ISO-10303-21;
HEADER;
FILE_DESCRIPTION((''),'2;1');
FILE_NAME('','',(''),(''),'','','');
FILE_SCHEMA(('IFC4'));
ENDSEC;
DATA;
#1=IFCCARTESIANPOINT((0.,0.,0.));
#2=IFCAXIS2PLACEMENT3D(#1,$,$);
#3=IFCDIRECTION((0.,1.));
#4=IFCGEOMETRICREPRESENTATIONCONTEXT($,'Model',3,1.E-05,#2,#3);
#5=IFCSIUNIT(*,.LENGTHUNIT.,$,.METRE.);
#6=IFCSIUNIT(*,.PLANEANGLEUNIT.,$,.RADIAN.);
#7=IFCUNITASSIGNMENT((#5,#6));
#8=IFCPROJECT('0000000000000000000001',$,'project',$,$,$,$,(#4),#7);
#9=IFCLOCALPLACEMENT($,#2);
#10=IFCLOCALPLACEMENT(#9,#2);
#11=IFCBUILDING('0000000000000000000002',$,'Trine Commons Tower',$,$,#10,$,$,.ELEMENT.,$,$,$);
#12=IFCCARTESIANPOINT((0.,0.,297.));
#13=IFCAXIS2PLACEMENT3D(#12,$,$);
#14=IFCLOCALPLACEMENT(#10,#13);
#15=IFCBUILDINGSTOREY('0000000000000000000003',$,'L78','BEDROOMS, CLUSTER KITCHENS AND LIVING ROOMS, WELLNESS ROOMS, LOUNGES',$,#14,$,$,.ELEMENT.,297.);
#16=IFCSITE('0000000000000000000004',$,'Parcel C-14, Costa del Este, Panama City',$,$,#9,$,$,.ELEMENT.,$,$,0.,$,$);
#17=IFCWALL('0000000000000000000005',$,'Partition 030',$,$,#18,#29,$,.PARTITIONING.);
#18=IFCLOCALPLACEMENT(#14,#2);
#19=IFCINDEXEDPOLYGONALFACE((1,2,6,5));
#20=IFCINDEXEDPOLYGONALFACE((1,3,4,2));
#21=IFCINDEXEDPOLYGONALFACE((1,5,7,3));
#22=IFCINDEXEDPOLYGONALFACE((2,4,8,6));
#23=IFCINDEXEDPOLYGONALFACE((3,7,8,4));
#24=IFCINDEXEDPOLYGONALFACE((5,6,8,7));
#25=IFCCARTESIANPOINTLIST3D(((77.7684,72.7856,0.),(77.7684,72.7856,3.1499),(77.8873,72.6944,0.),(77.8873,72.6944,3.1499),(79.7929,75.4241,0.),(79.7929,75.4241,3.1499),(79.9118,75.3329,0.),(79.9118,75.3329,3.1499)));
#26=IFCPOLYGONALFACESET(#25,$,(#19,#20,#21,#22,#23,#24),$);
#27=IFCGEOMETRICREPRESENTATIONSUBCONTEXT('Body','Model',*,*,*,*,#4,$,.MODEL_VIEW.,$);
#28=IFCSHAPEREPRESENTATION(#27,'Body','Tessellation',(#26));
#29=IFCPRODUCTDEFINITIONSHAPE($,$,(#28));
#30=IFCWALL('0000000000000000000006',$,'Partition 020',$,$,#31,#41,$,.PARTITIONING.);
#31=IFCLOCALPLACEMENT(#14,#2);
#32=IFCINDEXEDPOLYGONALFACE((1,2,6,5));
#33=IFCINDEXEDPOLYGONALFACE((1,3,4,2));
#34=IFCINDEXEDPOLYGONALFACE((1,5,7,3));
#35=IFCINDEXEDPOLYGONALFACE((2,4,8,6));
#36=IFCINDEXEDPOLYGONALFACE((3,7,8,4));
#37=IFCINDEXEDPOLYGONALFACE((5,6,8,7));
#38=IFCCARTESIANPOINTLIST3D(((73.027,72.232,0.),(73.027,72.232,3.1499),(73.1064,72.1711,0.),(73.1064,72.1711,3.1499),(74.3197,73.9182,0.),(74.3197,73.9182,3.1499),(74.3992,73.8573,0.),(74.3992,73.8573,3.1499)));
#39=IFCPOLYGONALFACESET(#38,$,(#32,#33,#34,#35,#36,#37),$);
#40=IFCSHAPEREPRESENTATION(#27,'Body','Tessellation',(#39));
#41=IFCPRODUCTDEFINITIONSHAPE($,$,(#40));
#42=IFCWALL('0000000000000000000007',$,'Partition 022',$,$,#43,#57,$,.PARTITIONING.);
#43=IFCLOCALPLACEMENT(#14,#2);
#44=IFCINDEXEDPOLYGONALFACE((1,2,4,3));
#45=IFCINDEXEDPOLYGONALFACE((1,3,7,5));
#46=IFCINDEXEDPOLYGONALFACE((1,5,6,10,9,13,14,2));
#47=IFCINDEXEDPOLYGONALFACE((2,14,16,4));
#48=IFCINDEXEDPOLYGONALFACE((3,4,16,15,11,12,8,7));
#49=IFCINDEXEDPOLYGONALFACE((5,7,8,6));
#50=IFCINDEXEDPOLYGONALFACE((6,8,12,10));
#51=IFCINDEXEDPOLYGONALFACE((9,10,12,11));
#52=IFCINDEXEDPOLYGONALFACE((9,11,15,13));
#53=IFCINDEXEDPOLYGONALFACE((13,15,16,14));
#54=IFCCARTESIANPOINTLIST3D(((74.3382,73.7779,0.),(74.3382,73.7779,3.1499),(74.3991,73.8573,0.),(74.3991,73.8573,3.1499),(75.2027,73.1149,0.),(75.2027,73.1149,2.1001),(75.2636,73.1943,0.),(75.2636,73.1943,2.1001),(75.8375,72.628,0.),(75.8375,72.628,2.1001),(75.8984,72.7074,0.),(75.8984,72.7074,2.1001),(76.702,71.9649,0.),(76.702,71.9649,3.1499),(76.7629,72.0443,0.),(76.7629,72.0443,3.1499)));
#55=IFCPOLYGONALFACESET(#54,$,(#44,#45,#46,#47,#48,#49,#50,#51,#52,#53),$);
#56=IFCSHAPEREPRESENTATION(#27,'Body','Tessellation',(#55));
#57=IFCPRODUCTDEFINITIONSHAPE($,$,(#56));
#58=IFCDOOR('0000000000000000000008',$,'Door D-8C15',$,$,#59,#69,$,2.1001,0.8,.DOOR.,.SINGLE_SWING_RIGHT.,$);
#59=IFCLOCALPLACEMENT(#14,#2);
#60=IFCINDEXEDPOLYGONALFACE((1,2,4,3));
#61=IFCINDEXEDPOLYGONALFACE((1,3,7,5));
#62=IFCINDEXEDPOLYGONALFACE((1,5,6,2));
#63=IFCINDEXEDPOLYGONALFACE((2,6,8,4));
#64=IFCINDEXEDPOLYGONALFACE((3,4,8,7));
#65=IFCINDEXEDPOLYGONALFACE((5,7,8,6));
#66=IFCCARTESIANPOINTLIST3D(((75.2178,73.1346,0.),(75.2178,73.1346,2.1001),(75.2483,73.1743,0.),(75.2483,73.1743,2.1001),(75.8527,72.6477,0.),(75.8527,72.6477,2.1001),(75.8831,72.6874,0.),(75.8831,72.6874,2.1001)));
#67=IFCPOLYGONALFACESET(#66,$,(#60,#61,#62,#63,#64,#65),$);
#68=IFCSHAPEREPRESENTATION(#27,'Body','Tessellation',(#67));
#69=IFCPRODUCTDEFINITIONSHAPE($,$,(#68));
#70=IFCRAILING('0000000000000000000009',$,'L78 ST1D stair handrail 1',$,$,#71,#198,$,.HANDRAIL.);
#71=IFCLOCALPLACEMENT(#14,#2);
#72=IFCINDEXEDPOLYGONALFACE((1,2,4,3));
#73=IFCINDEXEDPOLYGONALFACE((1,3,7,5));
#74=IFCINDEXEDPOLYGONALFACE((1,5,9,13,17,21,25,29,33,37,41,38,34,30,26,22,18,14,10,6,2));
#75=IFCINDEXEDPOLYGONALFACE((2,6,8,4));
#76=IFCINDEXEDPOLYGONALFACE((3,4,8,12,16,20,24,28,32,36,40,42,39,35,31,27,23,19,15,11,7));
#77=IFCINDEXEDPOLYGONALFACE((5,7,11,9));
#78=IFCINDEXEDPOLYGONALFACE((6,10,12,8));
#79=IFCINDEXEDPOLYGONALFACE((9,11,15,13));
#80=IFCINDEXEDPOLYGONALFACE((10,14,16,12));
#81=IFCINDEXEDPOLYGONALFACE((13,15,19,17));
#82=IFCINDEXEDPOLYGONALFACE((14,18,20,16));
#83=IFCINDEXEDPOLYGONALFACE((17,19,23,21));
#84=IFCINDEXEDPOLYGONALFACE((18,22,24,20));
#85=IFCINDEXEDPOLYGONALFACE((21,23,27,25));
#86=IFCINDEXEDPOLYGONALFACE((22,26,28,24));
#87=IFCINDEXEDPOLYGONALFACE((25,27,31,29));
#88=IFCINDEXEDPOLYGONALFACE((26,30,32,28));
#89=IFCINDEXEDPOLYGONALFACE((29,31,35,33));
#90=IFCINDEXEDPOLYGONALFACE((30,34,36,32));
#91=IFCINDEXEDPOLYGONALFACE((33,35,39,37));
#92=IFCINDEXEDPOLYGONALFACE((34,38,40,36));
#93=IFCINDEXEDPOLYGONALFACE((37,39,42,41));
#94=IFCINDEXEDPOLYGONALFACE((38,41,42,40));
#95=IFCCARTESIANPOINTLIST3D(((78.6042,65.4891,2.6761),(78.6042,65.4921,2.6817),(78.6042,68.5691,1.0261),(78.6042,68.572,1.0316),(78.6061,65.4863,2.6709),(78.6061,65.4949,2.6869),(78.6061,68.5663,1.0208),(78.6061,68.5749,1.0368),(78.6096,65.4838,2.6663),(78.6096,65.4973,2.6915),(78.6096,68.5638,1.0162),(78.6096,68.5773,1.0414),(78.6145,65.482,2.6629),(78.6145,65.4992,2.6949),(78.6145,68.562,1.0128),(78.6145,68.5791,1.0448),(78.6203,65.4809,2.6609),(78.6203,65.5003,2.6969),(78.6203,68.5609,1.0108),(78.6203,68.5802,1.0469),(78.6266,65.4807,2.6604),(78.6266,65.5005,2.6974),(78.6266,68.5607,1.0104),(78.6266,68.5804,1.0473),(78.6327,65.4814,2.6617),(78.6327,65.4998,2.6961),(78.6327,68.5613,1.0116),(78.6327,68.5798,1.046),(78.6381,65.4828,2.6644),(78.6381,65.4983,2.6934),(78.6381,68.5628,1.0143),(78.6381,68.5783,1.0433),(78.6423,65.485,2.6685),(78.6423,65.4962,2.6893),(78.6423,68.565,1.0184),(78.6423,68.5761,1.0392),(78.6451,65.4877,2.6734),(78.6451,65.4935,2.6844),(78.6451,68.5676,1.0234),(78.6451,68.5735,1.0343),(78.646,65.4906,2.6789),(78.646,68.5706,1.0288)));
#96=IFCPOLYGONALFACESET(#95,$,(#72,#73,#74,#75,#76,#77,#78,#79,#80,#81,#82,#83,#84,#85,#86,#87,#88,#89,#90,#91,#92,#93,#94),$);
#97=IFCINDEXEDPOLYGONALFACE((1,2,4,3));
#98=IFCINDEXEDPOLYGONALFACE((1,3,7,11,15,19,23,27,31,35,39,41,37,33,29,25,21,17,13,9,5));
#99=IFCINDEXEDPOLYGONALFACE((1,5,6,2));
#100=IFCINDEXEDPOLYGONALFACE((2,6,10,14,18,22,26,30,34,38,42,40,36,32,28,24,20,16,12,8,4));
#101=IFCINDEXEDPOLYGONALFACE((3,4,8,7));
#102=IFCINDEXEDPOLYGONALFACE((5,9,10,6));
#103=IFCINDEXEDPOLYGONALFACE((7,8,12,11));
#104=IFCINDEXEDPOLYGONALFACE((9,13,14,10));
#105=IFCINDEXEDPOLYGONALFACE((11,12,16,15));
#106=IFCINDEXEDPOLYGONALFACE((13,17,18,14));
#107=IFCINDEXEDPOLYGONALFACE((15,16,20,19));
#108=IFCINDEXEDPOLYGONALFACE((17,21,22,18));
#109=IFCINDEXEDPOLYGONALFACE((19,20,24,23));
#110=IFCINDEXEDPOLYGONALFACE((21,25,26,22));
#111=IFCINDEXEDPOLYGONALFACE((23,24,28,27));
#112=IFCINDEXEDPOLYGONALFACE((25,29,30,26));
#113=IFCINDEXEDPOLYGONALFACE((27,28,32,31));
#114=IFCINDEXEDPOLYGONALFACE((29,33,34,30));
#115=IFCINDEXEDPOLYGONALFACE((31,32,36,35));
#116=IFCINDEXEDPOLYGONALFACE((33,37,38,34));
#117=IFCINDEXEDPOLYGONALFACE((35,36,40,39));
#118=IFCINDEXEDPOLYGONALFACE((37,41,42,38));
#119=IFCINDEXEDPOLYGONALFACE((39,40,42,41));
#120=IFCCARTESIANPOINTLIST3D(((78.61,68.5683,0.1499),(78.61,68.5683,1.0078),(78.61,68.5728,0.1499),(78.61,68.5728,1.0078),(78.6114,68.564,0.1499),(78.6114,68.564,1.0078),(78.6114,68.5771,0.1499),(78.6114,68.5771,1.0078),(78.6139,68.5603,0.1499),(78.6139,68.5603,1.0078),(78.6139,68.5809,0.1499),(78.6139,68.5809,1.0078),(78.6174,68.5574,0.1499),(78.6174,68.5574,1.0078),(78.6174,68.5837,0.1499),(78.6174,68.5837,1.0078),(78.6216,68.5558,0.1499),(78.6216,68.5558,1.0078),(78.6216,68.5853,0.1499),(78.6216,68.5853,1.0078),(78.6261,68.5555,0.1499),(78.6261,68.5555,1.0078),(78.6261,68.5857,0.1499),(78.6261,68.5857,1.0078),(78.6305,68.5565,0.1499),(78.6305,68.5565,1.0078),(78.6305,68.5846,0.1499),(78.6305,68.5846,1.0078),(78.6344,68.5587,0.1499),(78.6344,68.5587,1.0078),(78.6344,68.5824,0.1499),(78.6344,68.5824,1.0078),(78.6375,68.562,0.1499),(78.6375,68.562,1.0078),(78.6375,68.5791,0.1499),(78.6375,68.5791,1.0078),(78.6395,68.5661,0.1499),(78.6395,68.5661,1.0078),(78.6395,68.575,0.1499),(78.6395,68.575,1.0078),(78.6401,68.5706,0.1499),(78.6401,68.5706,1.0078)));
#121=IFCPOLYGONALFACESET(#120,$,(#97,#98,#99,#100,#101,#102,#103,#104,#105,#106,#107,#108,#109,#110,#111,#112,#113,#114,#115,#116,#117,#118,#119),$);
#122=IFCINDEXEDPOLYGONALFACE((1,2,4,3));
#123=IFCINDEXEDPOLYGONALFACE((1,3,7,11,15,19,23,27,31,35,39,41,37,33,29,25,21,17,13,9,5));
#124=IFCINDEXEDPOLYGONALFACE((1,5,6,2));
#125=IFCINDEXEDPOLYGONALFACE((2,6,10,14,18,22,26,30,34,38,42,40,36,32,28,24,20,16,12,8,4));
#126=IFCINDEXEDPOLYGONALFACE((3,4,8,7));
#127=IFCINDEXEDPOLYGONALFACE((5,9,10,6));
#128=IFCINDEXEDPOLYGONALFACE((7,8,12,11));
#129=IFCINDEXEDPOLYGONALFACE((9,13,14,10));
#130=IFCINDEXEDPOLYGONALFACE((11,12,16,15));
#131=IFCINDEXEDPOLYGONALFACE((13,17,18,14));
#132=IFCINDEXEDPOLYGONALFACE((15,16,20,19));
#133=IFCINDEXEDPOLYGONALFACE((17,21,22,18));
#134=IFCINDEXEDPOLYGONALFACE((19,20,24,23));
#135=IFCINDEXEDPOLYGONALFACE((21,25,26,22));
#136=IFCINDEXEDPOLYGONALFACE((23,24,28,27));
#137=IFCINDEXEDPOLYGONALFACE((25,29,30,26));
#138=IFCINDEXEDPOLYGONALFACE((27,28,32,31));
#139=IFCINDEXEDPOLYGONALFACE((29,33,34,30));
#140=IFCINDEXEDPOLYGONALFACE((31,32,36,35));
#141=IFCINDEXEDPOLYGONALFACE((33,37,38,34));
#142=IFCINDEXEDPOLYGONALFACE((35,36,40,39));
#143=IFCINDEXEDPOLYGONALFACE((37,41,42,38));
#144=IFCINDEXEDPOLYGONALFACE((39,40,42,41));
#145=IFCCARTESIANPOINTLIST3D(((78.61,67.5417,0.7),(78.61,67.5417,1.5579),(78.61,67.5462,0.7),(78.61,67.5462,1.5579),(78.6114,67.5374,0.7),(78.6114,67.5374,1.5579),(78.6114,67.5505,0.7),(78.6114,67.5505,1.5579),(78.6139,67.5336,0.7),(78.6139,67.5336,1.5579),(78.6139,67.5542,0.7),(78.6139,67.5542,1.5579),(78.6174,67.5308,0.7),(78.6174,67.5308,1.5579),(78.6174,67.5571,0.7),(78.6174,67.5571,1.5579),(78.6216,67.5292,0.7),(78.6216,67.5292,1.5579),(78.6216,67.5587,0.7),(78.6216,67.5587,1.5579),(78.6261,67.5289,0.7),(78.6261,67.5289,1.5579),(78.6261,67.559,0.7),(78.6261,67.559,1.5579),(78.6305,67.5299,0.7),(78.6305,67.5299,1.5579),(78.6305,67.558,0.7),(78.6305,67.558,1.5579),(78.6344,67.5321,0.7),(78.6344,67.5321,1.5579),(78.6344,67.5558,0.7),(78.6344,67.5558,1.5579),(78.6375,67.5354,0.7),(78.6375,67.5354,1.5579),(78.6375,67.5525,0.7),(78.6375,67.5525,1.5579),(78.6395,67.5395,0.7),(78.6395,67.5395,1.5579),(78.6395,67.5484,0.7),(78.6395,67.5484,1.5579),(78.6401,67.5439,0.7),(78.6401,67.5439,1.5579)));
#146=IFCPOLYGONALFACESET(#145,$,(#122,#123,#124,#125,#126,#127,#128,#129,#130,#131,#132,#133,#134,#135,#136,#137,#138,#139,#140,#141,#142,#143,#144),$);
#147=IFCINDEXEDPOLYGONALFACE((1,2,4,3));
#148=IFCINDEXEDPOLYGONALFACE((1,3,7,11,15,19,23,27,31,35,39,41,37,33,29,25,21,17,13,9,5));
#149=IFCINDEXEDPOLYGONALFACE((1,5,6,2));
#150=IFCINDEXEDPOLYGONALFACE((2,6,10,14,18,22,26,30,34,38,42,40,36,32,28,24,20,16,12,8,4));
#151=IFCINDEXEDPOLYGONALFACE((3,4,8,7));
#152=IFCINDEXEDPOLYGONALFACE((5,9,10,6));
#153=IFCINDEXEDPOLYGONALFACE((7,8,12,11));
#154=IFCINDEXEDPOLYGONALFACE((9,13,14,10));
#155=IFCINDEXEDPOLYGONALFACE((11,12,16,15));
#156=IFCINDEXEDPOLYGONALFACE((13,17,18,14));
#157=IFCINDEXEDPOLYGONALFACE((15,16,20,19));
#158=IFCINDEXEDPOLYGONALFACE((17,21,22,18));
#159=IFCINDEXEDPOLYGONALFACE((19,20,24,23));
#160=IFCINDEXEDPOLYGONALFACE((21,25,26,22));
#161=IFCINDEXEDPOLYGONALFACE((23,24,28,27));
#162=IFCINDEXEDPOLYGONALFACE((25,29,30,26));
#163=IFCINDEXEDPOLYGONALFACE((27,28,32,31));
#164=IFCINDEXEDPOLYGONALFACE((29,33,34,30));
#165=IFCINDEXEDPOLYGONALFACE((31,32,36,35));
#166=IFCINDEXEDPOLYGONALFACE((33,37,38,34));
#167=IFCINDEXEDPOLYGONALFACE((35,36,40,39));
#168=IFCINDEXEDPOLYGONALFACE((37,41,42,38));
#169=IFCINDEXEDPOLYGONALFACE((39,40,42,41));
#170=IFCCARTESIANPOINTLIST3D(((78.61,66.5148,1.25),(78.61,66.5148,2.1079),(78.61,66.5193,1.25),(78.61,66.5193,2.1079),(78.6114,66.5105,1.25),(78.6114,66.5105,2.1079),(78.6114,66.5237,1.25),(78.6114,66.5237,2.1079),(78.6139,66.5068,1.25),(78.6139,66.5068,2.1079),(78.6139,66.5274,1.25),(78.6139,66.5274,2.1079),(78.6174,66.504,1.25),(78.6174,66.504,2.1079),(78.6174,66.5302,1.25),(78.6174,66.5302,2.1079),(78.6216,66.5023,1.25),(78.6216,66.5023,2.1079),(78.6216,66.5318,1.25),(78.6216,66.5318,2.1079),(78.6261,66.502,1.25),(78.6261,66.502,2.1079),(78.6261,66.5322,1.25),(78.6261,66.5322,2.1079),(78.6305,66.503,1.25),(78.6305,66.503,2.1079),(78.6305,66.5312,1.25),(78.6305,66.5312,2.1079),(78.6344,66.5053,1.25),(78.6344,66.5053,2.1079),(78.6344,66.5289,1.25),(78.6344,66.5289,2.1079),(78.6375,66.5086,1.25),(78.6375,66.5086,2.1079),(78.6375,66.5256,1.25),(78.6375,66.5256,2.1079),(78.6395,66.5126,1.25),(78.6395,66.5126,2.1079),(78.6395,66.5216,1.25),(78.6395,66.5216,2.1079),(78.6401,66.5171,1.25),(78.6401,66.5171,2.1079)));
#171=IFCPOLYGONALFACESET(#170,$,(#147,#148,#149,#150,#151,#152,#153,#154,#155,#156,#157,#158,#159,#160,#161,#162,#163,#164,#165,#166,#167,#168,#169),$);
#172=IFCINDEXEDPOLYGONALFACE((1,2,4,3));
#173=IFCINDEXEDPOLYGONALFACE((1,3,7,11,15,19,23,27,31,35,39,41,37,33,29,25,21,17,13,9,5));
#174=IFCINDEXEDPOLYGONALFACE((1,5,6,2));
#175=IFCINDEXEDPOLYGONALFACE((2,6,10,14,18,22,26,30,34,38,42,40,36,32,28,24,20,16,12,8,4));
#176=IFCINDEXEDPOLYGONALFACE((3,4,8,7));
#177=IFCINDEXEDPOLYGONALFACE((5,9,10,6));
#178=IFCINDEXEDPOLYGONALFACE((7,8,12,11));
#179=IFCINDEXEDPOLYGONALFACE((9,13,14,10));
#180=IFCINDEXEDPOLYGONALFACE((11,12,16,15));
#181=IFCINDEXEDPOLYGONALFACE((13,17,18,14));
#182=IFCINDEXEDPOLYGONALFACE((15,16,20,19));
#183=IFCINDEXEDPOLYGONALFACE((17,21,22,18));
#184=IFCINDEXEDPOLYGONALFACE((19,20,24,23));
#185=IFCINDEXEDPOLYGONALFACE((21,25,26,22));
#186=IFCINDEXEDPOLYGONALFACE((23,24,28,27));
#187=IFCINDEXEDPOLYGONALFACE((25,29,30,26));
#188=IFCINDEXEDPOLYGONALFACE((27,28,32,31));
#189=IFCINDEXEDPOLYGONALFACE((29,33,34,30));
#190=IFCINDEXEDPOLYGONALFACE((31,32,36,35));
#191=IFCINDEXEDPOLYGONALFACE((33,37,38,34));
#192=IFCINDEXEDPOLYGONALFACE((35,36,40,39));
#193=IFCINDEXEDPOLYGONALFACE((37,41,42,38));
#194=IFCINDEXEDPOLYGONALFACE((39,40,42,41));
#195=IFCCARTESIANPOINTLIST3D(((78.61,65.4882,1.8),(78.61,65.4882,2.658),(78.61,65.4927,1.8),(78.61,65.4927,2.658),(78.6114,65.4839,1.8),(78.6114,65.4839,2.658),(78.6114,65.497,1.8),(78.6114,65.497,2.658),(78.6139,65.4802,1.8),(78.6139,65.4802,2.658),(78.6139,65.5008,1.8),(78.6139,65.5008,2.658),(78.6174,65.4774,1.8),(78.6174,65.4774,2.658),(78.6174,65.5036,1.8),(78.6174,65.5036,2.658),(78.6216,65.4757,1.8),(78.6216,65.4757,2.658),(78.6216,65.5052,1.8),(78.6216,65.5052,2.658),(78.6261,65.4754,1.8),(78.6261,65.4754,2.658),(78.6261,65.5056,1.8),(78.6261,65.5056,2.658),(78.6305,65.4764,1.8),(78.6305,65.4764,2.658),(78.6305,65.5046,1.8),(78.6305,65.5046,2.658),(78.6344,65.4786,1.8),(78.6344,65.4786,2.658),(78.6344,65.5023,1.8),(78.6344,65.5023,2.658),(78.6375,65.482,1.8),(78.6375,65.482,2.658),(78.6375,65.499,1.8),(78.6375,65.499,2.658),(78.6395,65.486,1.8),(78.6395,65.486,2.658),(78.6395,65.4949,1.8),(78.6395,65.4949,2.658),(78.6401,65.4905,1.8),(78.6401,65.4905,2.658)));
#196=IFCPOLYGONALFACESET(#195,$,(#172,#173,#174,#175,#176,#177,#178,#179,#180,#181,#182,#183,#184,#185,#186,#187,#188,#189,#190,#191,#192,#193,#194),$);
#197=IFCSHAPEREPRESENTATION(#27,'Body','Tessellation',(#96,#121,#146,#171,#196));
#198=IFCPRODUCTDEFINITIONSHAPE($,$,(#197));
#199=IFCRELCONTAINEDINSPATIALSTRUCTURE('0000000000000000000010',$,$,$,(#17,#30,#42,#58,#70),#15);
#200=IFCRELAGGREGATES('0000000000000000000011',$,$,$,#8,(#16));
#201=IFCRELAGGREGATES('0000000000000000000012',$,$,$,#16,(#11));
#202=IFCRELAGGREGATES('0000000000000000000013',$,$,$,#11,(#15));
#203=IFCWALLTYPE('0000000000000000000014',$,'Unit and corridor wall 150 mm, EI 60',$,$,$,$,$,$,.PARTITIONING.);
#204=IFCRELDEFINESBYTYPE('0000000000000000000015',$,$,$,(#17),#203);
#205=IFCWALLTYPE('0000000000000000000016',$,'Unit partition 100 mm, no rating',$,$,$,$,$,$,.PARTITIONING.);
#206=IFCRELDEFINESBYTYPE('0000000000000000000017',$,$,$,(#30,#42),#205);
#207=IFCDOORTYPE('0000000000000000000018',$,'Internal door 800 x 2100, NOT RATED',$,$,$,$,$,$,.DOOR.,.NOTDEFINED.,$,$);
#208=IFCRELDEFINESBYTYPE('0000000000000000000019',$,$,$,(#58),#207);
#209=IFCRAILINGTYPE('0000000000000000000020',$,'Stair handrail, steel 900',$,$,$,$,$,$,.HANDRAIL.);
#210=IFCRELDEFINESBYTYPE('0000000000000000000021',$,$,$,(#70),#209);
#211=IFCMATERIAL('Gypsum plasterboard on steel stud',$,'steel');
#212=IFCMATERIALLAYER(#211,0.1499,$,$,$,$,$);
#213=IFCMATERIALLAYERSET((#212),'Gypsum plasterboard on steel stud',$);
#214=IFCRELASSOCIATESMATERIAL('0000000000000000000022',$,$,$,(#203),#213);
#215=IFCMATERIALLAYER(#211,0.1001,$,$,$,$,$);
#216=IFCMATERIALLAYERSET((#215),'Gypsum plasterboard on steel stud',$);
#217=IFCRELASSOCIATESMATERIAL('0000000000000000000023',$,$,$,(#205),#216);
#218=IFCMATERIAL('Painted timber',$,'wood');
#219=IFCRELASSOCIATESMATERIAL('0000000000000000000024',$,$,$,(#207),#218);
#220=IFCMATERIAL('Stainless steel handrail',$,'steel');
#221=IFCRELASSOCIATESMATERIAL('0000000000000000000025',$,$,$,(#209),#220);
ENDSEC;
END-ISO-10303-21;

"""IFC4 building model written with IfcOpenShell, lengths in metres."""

from ifc_helpers import new_model, si_unit, direction, frame, frame_2d, origin, origin_2d, place, context, subcontext, project, spatial, rectangle, circle, extrude, material, layer, layer_set, type_object, element, fill, save


model = new_model("IFC4")

# Units and contexts
model_context = context("Model", 3, precision=1e-05, world=origin(), true_north=direction((0.0, 1.0)))
body_context = subcontext(model_context, "Body", "Model", "MODEL_VIEW")
ifc_project = project(units=[si_unit("LENGTHUNIT", "METRE"), si_unit("PLANEANGLEUNIT", "RADIAN")], contexts=[model_context])

# Site, building, storey
site_placement = place(None, origin())
site = spatial("IfcSite", under=ifc_project, at=site_placement, Name="Parcel C-14, Costa del Este, Panama City", CompositionType="ELEMENT", RefElevation=0.0)
building_placement = place(site_placement, origin())
building = spatial("IfcBuilding", under=site, at=building_placement, Name="Trine Commons Tower", CompositionType="ELEMENT")
storey_placement = place(building_placement, frame((0.0, 0.0, 297.0)))
storey = spatial("IfcBuildingStorey", under=building, at=storey_placement, Name="L78", Description="BEDROOMS, CLUSTER KITCHENS AND LIVING ROOMS, WELLNESS ROOMS, LOUNGES", CompositionType="ELEMENT", Elevation=297.0)

# Shared definitions
ifc_material_1 = material(Name="Gypsum plasterboard on steel stud", Category="steel")
ifc_layer_1 = layer(ifc_material_1, 0.1499)
ifc_layer_set_1 = layer_set([ifc_layer_1], Name="Gypsum plasterboard on steel stud")
wall_type_1 = type_object("IfcWallType", Name="Unit and corridor wall 150 mm, EI 60", PredefinedType="PARTITIONING", material=ifc_layer_set_1)

# Walls
wall_1_placement = place(storey_placement, frame((77.8279, 72.74, 0.0), z_axis=(0.0, 0.0, 1.0), x_axis=(0.608738, 0.793371, 0.0)))
element("IfcWall", 1, at=wall_1_placement, inside=storey, type_object=wall_type_1, Name="Partition 030", PredefinedType="PARTITIONING", context=body_context, shape_type="SweptSolid", body=[
    extrude(rectangle(XDim=3.3257, YDim=0.1499, at=frame_2d((1.6628, 0.0))), origin(), (0.0, 0.0, 1.0), 3.1499),
])
ifc_layer_2 = layer(ifc_material_1, 0.1001)
ifc_layer_set_2 = layer_set([ifc_layer_2], Name="Gypsum plasterboard on steel stud")
wall_type_2 = type_object("IfcWallType", Name="Unit partition 100 mm, no rating", PredefinedType="PARTITIONING", material=ifc_layer_set_2)
wall_2_placement = place(storey_placement, frame((73.0667, 72.2014, 0.0), z_axis=(0.0, 0.0, 1.0), x_axis=(0.608405, 0.793627, 0.0)))
element("IfcWall", 2, at=wall_2_placement, inside=storey, type_object=wall_type_2, Name="Partition 020", PredefinedType="PARTITIONING", context=body_context, shape_type="SweptSolid", body=[
    extrude(rectangle(XDim=2.1248, YDim=0.1001, at=frame_2d((1.0625, 0.0))), origin(), (0.0, 0.0, 1.0), 3.1499),
])

# Wall, opening, door
wall_3_placement = place(storey_placement, frame((74.3687, 73.8176, 0.0), z_axis=(0.0, 0.0, 1.0), x_axis=(0.793482, -0.608593, 0.0)))
wall_3 = element("IfcWall", 3, at=wall_3_placement, inside=storey, type_object=wall_type_2, Name="Partition 022", PredefinedType="PARTITIONING", context=body_context, shape_type="SweptSolid", body=[
    extrude(rectangle(XDim=2.979, YDim=0.1001, at=frame_2d((1.4895, 0.0))), origin(), (0.0, 0.0, 1.0), 3.1499),
])
opening_1_placement = place(wall_3_placement, frame((1.0896, 0.0, 0.0)))
opening_1 = element("IfcOpeningElement", 4, at=opening_1_placement, cuts=wall_3, PredefinedType="OPENING", context=body_context, shape_type="SweptSolid", body=[
    extrude(rectangle(XDim=0.8, YDim=2.1001, at=frame_2d((0.3999, 1.05))), frame((0.0, 0.0601, 0.0), z_axis=(0.0, -1.0, 0.0), x_axis=(1.0, 0.0, 0.0)), (0.0, 0.0, 1.0), 0.1201),
])
ifc_material_2 = material(Name="Painted timber", Category="wood")
door_type_1 = type_object("IfcDoorType", Name="Internal door 800 x 2100, NOT RATED", OperationType="NOTDEFINED", PredefinedType="DOOR", material=ifc_material_2)
door_1_placement = place(opening_1_placement, origin())
door_1 = element("IfcDoor", 5, at=door_1_placement, inside=storey, type_object=door_type_1, Name="Door D-8C15", OperationType="SINGLE_SWING_RIGHT", OverallHeight=2.1001, OverallWidth=0.8, PredefinedType="DOOR", context=body_context, shape_type="SweptSolid", body=[
    extrude(rectangle(XDim=0.8, YDim=2.1001, at=frame_2d((0.3999, 1.05))), frame((0.0, 0.0249, 0.0), z_axis=(0.0, -1.0, 0.0), x_axis=(1.0, 0.0, 0.0)), (0.0, 0.0, 1.0), 0.05),
])
fill(opening_1, door_1)

# Railing
ifc_material_3 = material(Name="Stainless steel handrail", Category="steel")
railing_type = type_object("IfcRailingType", Name="Stair handrail, steel 900", PredefinedType="HANDRAIL", material=ifc_material_3)
railing_placement = place(storey_placement, frame((78.625, 68.5706, 0.1499)))
element("IfcRailing", 6, at=railing_placement, inside=storey, type_object=railing_type, Name="L78 ST1D stair handrail 1", PredefinedType="HANDRAIL", context=body_context, shape_type="SweptSolid", body=[
    extrude(circle(Radius=0.021, at=origin_2d()), frame((0.0, 0.0, 0.8789), z_axis=(0.0, -0.881468, 0.472245), x_axis=(1.0, 0.0, 0.0)), (0.0, 0.0, 1.0), 3.4941),
    extrude(circle(Radius=0.0151, at=origin_2d()), origin(), (0.0, 0.0, 1.0), 0.8579),
    extrude(circle(Radius=0.0151, at=origin_2d()), frame((0.0, -1.0266, 0.55)), (0.0, 0.0, 1.0), 0.8579),
    extrude(circle(Radius=0.0151, at=origin_2d()), frame((0.0, -2.0535, 1.1001)), (0.0, 0.0, 1.0), 0.8579),
    extrude(circle(Radius=0.0151, at=origin_2d()), frame((0.0, -3.0801, 1.6501)), (0.0, 0.0, 1.0), 0.8579),
])

save(model, "model.ifc")
